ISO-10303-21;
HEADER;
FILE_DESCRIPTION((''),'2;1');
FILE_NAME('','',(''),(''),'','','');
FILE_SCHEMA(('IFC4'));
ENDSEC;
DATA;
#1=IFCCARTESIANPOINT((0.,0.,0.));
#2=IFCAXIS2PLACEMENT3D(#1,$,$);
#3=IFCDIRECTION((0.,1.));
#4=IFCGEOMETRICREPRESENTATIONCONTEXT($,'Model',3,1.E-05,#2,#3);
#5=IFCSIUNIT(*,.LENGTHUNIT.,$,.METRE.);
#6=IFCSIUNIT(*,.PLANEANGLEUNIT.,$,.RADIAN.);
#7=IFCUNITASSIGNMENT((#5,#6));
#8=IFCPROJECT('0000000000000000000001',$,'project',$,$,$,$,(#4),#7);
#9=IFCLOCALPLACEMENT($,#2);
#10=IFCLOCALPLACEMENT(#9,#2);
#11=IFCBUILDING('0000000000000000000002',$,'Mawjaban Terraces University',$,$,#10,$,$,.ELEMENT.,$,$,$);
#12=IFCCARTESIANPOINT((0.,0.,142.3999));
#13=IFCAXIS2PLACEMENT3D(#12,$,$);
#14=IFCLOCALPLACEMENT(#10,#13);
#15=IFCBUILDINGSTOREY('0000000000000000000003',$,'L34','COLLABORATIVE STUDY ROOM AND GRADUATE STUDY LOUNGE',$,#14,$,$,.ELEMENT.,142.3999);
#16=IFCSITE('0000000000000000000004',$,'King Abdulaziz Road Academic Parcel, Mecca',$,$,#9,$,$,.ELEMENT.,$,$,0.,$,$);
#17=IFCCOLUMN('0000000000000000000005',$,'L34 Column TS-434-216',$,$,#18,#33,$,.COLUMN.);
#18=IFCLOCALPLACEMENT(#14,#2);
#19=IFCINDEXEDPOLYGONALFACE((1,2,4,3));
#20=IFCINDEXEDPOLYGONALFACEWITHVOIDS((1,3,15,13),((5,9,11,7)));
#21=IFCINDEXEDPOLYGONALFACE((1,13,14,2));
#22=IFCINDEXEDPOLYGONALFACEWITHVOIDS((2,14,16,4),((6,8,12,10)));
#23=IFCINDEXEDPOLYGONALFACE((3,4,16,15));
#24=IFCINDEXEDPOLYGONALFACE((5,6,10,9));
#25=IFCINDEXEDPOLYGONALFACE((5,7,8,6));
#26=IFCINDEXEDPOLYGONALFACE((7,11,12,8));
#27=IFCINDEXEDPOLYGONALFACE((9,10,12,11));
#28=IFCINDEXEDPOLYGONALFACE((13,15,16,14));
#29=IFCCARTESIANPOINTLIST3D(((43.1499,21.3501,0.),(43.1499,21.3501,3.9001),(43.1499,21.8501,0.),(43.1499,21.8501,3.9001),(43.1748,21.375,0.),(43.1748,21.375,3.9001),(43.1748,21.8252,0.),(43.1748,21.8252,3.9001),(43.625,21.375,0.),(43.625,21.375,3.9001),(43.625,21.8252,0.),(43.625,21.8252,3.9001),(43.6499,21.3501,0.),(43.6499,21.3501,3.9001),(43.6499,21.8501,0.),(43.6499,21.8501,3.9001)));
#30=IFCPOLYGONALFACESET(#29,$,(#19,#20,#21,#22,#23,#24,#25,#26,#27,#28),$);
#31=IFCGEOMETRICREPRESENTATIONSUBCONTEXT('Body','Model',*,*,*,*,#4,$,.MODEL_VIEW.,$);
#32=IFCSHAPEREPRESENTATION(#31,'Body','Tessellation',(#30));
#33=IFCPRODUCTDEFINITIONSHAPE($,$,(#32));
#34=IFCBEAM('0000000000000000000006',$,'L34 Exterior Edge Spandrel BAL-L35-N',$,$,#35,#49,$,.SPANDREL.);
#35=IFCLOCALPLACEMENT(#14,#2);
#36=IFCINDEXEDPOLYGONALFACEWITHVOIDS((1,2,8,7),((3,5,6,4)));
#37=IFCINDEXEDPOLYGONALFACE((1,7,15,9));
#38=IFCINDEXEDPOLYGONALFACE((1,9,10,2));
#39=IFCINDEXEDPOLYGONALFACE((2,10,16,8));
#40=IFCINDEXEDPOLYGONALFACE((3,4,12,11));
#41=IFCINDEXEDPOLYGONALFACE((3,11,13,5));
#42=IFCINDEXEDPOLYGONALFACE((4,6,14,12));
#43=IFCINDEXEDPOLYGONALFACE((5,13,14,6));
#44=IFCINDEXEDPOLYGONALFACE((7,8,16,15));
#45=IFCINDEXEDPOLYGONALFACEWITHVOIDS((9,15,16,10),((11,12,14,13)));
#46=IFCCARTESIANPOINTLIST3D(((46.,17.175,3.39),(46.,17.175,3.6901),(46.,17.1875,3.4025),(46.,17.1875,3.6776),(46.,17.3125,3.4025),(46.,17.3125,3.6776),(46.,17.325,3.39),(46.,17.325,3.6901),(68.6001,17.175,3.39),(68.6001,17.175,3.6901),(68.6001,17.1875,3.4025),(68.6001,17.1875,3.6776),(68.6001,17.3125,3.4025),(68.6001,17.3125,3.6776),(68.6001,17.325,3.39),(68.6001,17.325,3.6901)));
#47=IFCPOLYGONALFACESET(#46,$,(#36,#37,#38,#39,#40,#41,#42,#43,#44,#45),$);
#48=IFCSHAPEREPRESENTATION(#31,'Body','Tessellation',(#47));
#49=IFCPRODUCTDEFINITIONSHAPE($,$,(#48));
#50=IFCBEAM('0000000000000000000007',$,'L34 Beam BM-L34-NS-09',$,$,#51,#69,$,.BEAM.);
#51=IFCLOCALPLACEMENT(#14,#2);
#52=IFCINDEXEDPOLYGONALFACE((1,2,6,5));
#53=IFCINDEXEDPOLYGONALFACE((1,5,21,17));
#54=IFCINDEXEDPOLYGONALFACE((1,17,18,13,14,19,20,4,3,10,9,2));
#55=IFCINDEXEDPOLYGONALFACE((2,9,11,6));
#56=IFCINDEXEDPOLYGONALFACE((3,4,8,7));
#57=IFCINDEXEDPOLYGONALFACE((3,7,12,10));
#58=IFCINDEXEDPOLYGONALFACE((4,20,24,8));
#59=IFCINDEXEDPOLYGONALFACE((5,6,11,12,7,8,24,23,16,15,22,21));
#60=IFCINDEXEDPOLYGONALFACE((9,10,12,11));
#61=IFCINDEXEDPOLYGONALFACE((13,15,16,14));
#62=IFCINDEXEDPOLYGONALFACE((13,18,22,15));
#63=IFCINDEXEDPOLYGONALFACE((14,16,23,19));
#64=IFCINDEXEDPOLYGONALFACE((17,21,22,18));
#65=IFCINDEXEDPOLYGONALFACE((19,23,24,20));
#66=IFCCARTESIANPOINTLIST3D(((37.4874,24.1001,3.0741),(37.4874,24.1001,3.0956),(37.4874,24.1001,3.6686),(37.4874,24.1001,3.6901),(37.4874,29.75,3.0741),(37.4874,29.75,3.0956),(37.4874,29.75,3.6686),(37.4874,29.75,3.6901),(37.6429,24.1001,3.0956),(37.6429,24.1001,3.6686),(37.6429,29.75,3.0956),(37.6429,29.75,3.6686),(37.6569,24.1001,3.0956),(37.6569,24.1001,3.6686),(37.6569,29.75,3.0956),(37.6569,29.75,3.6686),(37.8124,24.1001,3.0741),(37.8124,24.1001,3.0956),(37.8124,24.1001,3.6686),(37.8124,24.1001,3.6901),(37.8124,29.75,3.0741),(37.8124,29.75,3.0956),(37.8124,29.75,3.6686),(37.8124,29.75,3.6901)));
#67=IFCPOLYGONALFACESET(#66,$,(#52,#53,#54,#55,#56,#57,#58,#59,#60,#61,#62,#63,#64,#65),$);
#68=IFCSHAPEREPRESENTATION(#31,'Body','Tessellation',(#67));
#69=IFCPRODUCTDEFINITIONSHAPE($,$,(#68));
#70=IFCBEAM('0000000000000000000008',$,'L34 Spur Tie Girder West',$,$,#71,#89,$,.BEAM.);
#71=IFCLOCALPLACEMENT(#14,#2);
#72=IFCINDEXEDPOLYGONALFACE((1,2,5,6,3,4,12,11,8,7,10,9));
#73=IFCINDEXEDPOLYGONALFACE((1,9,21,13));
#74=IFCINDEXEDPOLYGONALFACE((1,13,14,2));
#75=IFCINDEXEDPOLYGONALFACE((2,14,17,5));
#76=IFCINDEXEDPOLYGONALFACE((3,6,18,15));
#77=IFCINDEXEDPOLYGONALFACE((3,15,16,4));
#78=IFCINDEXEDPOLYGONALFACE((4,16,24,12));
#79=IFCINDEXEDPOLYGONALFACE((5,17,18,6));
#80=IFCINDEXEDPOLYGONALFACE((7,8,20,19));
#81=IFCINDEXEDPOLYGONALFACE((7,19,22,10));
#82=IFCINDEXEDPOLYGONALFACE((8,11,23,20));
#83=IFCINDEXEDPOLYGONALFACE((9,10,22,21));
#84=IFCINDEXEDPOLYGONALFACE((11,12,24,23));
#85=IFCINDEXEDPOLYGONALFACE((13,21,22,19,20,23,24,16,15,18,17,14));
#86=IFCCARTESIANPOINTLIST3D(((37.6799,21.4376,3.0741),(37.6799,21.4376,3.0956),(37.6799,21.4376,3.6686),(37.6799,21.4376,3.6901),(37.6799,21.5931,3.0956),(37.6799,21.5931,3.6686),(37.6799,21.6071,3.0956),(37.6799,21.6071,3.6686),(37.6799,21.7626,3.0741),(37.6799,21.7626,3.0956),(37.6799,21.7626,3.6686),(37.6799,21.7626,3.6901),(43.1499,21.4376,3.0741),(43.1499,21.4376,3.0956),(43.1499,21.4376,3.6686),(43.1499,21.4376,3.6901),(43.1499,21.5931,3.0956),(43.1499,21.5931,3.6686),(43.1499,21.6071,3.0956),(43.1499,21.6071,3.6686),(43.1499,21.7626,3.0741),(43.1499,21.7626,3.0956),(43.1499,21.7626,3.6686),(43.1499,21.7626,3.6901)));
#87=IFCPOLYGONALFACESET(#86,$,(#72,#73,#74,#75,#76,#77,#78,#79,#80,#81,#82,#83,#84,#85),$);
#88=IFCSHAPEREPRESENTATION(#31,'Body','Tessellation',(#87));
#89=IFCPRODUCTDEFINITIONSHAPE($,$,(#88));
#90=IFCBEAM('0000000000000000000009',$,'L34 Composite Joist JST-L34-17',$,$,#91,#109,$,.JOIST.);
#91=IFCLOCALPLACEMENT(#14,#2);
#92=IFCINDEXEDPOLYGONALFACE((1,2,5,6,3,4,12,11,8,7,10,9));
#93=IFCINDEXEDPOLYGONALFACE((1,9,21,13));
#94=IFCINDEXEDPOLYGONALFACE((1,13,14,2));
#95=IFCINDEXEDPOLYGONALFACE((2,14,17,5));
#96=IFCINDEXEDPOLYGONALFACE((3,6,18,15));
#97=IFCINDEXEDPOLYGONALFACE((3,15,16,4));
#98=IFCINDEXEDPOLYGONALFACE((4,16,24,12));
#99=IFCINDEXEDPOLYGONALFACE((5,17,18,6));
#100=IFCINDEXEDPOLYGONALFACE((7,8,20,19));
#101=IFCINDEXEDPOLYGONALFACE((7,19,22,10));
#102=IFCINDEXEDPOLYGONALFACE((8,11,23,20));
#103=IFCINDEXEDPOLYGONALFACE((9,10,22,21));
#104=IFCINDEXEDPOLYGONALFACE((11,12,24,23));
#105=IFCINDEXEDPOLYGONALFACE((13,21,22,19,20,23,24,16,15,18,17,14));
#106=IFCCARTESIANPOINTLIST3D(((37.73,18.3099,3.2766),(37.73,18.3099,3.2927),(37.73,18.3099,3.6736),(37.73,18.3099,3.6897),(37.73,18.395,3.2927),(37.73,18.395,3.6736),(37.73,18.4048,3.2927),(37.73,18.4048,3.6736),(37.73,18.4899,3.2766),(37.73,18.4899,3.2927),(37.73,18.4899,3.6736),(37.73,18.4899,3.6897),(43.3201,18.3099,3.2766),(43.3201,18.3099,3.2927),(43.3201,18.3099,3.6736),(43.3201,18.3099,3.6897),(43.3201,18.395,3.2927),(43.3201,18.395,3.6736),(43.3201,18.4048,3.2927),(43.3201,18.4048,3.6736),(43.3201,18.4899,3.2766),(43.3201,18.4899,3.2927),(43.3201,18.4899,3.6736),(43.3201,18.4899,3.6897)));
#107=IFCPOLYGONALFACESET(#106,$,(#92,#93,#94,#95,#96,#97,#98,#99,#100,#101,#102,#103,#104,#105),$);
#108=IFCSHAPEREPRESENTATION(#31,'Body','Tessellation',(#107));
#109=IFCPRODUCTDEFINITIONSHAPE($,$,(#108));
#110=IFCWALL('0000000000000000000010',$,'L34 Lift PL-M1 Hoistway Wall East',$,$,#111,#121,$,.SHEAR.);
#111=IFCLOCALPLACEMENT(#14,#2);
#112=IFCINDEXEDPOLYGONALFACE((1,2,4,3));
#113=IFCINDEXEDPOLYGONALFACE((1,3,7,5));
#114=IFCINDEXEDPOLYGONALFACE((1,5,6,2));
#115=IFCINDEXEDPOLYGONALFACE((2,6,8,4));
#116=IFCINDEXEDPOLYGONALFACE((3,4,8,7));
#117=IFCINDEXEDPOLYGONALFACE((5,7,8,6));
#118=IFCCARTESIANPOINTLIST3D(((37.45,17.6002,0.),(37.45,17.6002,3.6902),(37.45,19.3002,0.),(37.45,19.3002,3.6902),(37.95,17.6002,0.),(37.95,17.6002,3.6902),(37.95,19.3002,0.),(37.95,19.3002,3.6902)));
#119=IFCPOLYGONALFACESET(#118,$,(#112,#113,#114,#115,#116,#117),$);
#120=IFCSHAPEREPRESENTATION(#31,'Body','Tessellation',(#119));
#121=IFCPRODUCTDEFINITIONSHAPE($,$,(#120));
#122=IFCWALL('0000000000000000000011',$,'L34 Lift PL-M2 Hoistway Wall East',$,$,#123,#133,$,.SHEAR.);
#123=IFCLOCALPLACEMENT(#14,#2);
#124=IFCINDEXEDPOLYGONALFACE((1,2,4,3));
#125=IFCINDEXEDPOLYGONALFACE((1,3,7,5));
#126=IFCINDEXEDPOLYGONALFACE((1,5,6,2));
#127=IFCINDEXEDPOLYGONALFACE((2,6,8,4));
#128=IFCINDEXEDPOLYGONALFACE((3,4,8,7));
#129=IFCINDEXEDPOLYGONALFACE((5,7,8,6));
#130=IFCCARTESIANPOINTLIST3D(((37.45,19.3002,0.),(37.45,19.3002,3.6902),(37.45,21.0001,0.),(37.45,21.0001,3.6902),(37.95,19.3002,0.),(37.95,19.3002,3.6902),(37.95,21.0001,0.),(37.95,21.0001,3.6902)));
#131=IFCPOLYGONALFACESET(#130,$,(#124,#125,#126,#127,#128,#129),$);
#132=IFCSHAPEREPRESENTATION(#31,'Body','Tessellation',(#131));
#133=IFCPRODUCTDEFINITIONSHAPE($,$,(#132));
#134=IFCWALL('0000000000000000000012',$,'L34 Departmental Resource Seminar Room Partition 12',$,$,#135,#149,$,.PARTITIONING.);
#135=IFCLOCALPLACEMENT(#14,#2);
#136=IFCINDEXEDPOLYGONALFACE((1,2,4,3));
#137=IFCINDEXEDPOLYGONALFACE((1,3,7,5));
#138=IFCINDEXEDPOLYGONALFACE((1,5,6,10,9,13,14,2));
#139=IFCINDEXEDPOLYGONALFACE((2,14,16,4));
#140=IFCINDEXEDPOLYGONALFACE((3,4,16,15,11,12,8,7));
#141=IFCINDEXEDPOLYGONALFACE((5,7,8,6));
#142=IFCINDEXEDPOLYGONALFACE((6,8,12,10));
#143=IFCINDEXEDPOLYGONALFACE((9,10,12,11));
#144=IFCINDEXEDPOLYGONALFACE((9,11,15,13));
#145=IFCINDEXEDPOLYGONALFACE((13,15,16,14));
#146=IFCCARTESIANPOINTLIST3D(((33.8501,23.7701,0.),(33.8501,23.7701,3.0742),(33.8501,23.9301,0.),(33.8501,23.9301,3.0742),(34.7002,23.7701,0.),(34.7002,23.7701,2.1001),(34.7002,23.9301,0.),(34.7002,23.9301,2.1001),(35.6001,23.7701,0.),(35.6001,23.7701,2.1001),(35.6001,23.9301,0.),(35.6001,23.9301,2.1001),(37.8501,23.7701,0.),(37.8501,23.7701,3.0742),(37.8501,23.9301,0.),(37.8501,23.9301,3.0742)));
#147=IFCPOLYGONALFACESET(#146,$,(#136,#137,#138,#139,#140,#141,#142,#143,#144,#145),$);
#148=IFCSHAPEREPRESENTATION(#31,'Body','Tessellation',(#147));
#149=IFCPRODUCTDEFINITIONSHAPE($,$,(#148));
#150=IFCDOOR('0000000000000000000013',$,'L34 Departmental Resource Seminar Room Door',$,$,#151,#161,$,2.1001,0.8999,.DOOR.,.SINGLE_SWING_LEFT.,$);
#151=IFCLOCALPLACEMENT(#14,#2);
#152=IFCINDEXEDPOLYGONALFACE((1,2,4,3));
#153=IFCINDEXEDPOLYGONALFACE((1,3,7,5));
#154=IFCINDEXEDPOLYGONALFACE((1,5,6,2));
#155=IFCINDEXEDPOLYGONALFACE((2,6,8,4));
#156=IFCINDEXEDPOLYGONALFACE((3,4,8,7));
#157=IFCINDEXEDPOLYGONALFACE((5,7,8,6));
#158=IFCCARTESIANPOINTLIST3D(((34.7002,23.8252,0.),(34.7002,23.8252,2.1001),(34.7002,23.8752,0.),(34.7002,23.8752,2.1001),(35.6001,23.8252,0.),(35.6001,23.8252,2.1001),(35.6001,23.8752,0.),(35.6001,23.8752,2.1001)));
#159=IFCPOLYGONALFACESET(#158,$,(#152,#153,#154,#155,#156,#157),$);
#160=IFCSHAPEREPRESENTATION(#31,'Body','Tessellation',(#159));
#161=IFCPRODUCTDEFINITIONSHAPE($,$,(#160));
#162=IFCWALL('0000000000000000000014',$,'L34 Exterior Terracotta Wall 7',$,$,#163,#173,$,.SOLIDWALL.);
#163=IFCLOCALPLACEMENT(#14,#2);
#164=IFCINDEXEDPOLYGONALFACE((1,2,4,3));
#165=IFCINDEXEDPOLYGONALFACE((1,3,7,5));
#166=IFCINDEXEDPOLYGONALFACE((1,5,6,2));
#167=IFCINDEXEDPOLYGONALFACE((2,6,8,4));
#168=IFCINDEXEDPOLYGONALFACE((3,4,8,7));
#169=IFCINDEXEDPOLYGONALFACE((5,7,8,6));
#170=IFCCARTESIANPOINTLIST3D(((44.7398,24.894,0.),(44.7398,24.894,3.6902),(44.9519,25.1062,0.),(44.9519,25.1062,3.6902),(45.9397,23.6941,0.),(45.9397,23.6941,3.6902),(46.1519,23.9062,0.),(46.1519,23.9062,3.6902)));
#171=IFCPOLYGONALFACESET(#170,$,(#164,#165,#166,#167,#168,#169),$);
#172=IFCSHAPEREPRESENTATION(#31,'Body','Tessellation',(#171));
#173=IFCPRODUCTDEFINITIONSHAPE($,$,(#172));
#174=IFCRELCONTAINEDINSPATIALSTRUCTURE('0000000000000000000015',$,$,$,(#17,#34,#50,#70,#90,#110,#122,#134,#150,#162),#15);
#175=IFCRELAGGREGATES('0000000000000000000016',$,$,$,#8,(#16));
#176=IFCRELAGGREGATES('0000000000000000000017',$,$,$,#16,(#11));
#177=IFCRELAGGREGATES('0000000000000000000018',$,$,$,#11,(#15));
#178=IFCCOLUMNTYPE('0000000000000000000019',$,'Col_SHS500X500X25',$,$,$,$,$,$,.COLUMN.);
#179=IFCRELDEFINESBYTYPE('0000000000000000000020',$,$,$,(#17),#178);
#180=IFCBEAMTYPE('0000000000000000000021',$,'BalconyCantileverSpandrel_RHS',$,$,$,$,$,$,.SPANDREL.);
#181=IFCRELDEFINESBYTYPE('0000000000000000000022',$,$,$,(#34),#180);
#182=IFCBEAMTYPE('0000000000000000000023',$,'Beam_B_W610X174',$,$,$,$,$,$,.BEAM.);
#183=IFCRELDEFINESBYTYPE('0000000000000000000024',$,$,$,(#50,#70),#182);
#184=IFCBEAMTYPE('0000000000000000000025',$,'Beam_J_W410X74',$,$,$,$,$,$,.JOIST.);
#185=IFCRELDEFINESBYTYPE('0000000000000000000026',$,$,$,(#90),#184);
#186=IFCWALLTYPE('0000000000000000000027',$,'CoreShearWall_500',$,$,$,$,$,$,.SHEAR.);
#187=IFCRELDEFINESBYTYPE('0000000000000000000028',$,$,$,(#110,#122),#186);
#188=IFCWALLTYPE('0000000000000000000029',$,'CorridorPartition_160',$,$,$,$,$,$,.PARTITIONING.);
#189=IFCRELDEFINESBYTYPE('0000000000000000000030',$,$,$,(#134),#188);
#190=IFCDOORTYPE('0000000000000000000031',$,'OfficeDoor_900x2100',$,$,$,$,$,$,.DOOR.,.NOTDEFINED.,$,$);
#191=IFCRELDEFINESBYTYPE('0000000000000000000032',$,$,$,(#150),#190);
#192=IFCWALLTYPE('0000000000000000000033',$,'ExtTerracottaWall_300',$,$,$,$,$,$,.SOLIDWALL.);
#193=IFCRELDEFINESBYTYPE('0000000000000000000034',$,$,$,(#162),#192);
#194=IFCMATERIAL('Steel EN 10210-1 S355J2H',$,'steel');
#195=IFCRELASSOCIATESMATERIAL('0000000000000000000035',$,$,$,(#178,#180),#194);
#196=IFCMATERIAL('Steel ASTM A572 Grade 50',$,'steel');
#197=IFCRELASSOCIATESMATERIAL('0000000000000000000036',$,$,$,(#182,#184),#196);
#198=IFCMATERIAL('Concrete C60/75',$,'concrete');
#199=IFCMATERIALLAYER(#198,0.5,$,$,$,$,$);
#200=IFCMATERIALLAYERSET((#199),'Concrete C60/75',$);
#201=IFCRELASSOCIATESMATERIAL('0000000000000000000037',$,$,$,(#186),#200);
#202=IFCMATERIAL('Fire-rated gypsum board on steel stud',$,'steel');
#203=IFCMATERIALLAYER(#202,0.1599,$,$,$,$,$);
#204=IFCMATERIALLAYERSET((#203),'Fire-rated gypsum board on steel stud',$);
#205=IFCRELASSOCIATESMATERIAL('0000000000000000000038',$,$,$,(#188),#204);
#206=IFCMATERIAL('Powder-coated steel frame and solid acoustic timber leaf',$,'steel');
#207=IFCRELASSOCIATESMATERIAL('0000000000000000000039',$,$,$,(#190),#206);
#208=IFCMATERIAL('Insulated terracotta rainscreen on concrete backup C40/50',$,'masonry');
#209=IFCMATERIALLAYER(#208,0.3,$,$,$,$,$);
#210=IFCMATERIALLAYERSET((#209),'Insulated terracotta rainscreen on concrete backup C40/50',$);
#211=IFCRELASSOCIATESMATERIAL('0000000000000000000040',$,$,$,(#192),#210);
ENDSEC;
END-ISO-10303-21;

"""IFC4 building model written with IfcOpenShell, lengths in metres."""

from ifc_helpers import new_model, si_unit, direction, frame, frame_2d, origin, origin_2d, place, context, subcontext, project, spatial, rectangle, hollow_rectangle, i_section, extrude, material, layer, layer_set, material_profile, profile_set, type_object, element, fill, save


model = new_model("IFC4")

# Units and contexts
model_context = context("Model", 3, precision=1e-05, world=origin(), true_north=direction((0.0, 1.0)))
body_context = subcontext(model_context, "Body", "Model", "MODEL_VIEW")
ifc_project = project(units=[si_unit("LENGTHUNIT", "METRE"), si_unit("PLANEANGLEUNIT", "RADIAN")], contexts=[model_context])

# Site, building, storey
site_placement = place(None, origin())
site = spatial("IfcSite", under=ifc_project, at=site_placement, Name="King Abdulaziz Road Academic Parcel, Mecca", CompositionType="ELEMENT", RefElevation=0.0)
building_placement = place(site_placement, origin())
building = spatial("IfcBuilding", under=site, at=building_placement, Name="Mawjaban Terraces University", CompositionType="ELEMENT")
storey_placement = place(building_placement, frame((0.0, 0.0, 142.3999)))
storey = spatial("IfcBuildingStorey", under=building, at=storey_placement, Name="L34", Description="COLLABORATIVE STUDY ROOM AND GRADUATE STUDY LOUNGE", CompositionType="ELEMENT", Elevation=142.3999)

# Column
ifc_material_1 = material(Name="Steel EN 10210-1 S355J2H", Category="steel")
ifc_material_profile_1 = material_profile(ifc_material_1, hollow_rectangle(XDim=0.5, YDim=0.5, WallThickness=0.0249, at=origin_2d()), Name="SHS500X500X25")
ifc_profile_set_1 = profile_set([ifc_material_profile_1], Name="Steel EN 10210-1 S355J2H")
column_type = type_object("IfcColumnType", Name="Col_SHS500X500X25", PredefinedType="COLUMN", material=ifc_profile_set_1)
column_placement = place(storey_placement, frame((43.3999, 21.6001, 0.0), z_axis=(0.0, 0.0, 1.0), x_axis=(1.0, 0.0, 0.0)))
element("IfcColumn", 1, at=column_placement, inside=storey, type_object=column_type, Name="L34 Column TS-434-216", PredefinedType="COLUMN", context=body_context, shape_type="SweptSolid", body=[
    extrude(hollow_rectangle(XDim=0.5, YDim=0.5, WallThickness=0.0249, at=origin_2d()), origin(), (0.0, 0.0, 1.0), 3.9001),
])

# Beams
ifc_material_profile_2 = material_profile(ifc_material_1, hollow_rectangle(XDim=0.1499, YDim=0.3, WallThickness=0.0125, at=origin_2d()), Name="RHS300X150X12.5")
ifc_profile_set_2 = profile_set([ifc_material_profile_2], Name="Steel EN 10210-1 S355J2H")
beam_type_1 = type_object("IfcBeamType", Name="BalconyCantileverSpandrel_RHS", PredefinedType="SPANDREL", material=ifc_profile_set_2)
beam_1_placement = place(storey_placement, frame((46.0, 17.25, 3.54), z_axis=(1.0, 0.0, 0.0), x_axis=(0.0, 1.0, 0.0)))
element("IfcBeam", 2, at=beam_1_placement, inside=storey, type_object=beam_type_1, Name="L34 Exterior Edge Spandrel BAL-L35-N", PredefinedType="SPANDREL", context=body_context, shape_type="SweptSolid", body=[
    extrude(hollow_rectangle(XDim=0.1499, YDim=0.3, WallThickness=0.0125, at=origin_2d()), origin(), (0.0, 0.0, 1.0), 22.6001),
])
ifc_material_2 = material(Name="Steel ASTM A572 Grade 50", Category="steel")
ifc_material_profile_3 = material_profile(ifc_material_2, i_section(OverallWidth=0.325, OverallDepth=0.616, WebThickness=0.0139, FlangeThickness=0.0215, at=origin_2d()), Name="W610X174")
ifc_profile_set_3 = profile_set([ifc_material_profile_3], Name="Steel ASTM A572 Grade 50")
beam_type_2 = type_object("IfcBeamType", Name="Beam_B_W610X174", PredefinedType="BEAM", material=ifc_profile_set_3)
beam_2_placement = place(storey_placement, frame((37.6499, 24.1001, 3.3821), z_axis=(0.0, 1.0, 0.0), x_axis=(-1.0, 0.0, 0.0)))
element("IfcBeam", 3, at=beam_2_placement, inside=storey, type_object=beam_type_2, Name="L34 Beam BM-L34-NS-09", PredefinedType="BEAM", context=body_context, shape_type="SweptSolid", body=[
    extrude(i_section(OverallWidth=0.325, OverallDepth=0.616, WebThickness=0.0139, FlangeThickness=0.0215, at=origin_2d()), origin(), (0.0, 0.0, 1.0), 5.6499),
])
beam_3_placement = place(storey_placement, frame((37.6799, 21.6001, 3.3821), z_axis=(1.0, 0.0, 0.0), x_axis=(0.0, 1.0, 0.0)))
element("IfcBeam", 4, at=beam_3_placement, inside=storey, type_object=beam_type_2, Name="L34 Spur Tie Girder West", PredefinedType="BEAM", context=body_context, shape_type="SweptSolid", body=[
    extrude(i_section(OverallWidth=0.325, OverallDepth=0.616, WebThickness=0.0139, FlangeThickness=0.0215, at=origin_2d()), origin(), (0.0, 0.0, 1.0), 5.47),
])
ifc_material_profile_4 = material_profile(ifc_material_2, i_section(OverallWidth=0.1799, OverallDepth=0.4131, WebThickness=0.0098, FlangeThickness=0.0161, at=origin_2d()), Name="W410X74")
ifc_profile_set_4 = profile_set([ifc_material_profile_4], Name="Steel ASTM A572 Grade 50")
beam_type_3 = type_object("IfcBeamType", Name="Beam_J_W410X74", PredefinedType="JOIST", material=ifc_profile_set_4)
beam_4_placement = place(storey_placement, frame((37.73, 18.3999, 3.4832), z_axis=(1.0, 0.0, 0.0), x_axis=(0.0, 1.0, 0.0)))
element("IfcBeam", 5, at=beam_4_placement, inside=storey, type_object=beam_type_3, Name="L34 Composite Joist JST-L34-17", PredefinedType="JOIST", context=body_context, shape_type="SweptSolid", body=[
    extrude(i_section(OverallWidth=0.1799, OverallDepth=0.4131, WebThickness=0.0098, FlangeThickness=0.0161, at=origin_2d()), origin(), (0.0, 0.0, 1.0), 5.5901),
])

# Walls
ifc_material_3 = material(Name="Concrete C60/75", Category="concrete")
ifc_layer_1 = layer(ifc_material_3, 0.5)
ifc_layer_set_1 = layer_set([ifc_layer_1], Name="Concrete C60/75")
wall_type_1 = type_object("IfcWallType", Name="CoreShearWall_500", PredefinedType="SHEAR", material=ifc_layer_set_1)
for number, where, z_axis, x_axis, name in (
    (6, (37.7, 17.6001, 0.0), (0.0, 0.0, 1.0), (0.0, 1.0, 0.0), "L34 Lift PL-M1 Hoistway Wall East"),
    (7, (37.7, 19.3, 0.0), (0.0, 0.0, 1.0), (0.0, 1.0, 0.0), "L34 Lift PL-M2 Hoistway Wall East"),
):
    element("IfcWall", number, at=place(storey_placement, frame(where, z_axis=z_axis, x_axis=x_axis)), inside=storey, type_object=wall_type_1, Name=name, PredefinedType="SHEAR", context=body_context, shape_type="SweptSolid", body=[
        extrude(rectangle(XDim=1.7, YDim=0.5, at=frame_2d((0.8501, 0.0))), origin(), (0.0, 0.0, 1.0), 3.6902),
    ])

# Wall, opening, door
ifc_material_4 = material(Name="Fire-rated gypsum board on steel stud", Category="steel")
ifc_layer_2 = layer(ifc_material_4, 0.1599)
ifc_layer_set_2 = layer_set([ifc_layer_2], Name="Fire-rated gypsum board on steel stud")
wall_type_2 = type_object("IfcWallType", Name="CorridorPartition_160", PredefinedType="PARTITIONING", material=ifc_layer_set_2)
wall_1_placement = place(storey_placement, frame((37.8501, 23.8501, 0.0), z_axis=(0.0, 0.0, 1.0), x_axis=(-1.0, 0.0, 0.0)))
wall_1 = element("IfcWall", 8, at=wall_1_placement, inside=storey, type_object=wall_type_2, Name="L34 Departmental Resource Seminar Room Partition 12", PredefinedType="PARTITIONING", context=body_context, shape_type="SweptSolid", body=[
    extrude(rectangle(XDim=4.0, YDim=0.1599, at=frame_2d((2.0, 0.0))), origin(), (0.0, 0.0, 1.0), 3.0742),
])
opening_1_placement = place(wall_1_placement, frame((2.25, 0.0, 0.0)))
opening_1 = element("IfcOpeningElement", 9, at=opening_1_placement, cuts=wall_1, PredefinedType="OPENING", context=body_context, shape_type="SweptSolid", body=[
    extrude(rectangle(XDim=0.8999, YDim=2.1001, at=frame_2d((0.45, 1.05))), frame((0.0, 0.0898, 0.0), z_axis=(0.0, -1.0, 0.0), x_axis=(1.0, 0.0, 0.0)), (0.0, 0.0, 1.0), 0.1799),
])
ifc_material_5 = material(Name="Powder-coated steel frame and solid acoustic timber leaf", Category="steel")
door_type_1 = type_object("IfcDoorType", Name="OfficeDoor_900x2100", OperationType="NOTDEFINED", PredefinedType="DOOR", material=ifc_material_5)
door_1_placement = place(opening_1_placement, origin())
door_1 = element("IfcDoor", 10, at=door_1_placement, inside=storey, type_object=door_type_1, Name="L34 Departmental Resource Seminar Room Door", OperationType="SINGLE_SWING_LEFT", OverallHeight=2.1001, OverallWidth=0.8999, PredefinedType="DOOR", context=body_context, shape_type="SweptSolid", body=[
    extrude(rectangle(XDim=0.8999, YDim=2.1001, at=frame_2d((0.45, 1.05))), frame((0.0, 0.0249, 0.0), z_axis=(0.0, -1.0, 0.0), x_axis=(1.0, 0.0, 0.0)), (0.0, 0.0, 1.0), 0.05),
])
fill(opening_1, door_1)

# Wall
ifc_material_6 = material(Name="Insulated terracotta rainscreen on concrete backup C40/50", Category="masonry")
ifc_layer_3 = layer(ifc_material_6, 0.3)
ifc_layer_set_3 = layer_set([ifc_layer_3], Name="Insulated terracotta rainscreen on concrete backup C40/50")
wall_type_3 = type_object("IfcWallType", Name="ExtTerracottaWall_300", PredefinedType="SOLIDWALL", material=ifc_layer_set_3)
wall_2_placement = place(storey_placement, frame((46.0459, 23.8, 0.0), z_axis=(0.0, 0.0, 1.0), x_axis=(-0.707107, 0.707107, 0.0)))
element("IfcWall", 11, at=wall_2_placement, inside=storey, type_object=wall_type_3, Name="L34 Exterior Terracotta Wall 7", PredefinedType="SOLIDWALL", context=body_context, shape_type="SweptSolid", body=[
    extrude(rectangle(XDim=1.697, YDim=0.3, at=frame_2d((0.8486, 0.0))), origin(), (0.0, 0.0, 1.0), 3.6902),
])

save(model, "model.ifc")
